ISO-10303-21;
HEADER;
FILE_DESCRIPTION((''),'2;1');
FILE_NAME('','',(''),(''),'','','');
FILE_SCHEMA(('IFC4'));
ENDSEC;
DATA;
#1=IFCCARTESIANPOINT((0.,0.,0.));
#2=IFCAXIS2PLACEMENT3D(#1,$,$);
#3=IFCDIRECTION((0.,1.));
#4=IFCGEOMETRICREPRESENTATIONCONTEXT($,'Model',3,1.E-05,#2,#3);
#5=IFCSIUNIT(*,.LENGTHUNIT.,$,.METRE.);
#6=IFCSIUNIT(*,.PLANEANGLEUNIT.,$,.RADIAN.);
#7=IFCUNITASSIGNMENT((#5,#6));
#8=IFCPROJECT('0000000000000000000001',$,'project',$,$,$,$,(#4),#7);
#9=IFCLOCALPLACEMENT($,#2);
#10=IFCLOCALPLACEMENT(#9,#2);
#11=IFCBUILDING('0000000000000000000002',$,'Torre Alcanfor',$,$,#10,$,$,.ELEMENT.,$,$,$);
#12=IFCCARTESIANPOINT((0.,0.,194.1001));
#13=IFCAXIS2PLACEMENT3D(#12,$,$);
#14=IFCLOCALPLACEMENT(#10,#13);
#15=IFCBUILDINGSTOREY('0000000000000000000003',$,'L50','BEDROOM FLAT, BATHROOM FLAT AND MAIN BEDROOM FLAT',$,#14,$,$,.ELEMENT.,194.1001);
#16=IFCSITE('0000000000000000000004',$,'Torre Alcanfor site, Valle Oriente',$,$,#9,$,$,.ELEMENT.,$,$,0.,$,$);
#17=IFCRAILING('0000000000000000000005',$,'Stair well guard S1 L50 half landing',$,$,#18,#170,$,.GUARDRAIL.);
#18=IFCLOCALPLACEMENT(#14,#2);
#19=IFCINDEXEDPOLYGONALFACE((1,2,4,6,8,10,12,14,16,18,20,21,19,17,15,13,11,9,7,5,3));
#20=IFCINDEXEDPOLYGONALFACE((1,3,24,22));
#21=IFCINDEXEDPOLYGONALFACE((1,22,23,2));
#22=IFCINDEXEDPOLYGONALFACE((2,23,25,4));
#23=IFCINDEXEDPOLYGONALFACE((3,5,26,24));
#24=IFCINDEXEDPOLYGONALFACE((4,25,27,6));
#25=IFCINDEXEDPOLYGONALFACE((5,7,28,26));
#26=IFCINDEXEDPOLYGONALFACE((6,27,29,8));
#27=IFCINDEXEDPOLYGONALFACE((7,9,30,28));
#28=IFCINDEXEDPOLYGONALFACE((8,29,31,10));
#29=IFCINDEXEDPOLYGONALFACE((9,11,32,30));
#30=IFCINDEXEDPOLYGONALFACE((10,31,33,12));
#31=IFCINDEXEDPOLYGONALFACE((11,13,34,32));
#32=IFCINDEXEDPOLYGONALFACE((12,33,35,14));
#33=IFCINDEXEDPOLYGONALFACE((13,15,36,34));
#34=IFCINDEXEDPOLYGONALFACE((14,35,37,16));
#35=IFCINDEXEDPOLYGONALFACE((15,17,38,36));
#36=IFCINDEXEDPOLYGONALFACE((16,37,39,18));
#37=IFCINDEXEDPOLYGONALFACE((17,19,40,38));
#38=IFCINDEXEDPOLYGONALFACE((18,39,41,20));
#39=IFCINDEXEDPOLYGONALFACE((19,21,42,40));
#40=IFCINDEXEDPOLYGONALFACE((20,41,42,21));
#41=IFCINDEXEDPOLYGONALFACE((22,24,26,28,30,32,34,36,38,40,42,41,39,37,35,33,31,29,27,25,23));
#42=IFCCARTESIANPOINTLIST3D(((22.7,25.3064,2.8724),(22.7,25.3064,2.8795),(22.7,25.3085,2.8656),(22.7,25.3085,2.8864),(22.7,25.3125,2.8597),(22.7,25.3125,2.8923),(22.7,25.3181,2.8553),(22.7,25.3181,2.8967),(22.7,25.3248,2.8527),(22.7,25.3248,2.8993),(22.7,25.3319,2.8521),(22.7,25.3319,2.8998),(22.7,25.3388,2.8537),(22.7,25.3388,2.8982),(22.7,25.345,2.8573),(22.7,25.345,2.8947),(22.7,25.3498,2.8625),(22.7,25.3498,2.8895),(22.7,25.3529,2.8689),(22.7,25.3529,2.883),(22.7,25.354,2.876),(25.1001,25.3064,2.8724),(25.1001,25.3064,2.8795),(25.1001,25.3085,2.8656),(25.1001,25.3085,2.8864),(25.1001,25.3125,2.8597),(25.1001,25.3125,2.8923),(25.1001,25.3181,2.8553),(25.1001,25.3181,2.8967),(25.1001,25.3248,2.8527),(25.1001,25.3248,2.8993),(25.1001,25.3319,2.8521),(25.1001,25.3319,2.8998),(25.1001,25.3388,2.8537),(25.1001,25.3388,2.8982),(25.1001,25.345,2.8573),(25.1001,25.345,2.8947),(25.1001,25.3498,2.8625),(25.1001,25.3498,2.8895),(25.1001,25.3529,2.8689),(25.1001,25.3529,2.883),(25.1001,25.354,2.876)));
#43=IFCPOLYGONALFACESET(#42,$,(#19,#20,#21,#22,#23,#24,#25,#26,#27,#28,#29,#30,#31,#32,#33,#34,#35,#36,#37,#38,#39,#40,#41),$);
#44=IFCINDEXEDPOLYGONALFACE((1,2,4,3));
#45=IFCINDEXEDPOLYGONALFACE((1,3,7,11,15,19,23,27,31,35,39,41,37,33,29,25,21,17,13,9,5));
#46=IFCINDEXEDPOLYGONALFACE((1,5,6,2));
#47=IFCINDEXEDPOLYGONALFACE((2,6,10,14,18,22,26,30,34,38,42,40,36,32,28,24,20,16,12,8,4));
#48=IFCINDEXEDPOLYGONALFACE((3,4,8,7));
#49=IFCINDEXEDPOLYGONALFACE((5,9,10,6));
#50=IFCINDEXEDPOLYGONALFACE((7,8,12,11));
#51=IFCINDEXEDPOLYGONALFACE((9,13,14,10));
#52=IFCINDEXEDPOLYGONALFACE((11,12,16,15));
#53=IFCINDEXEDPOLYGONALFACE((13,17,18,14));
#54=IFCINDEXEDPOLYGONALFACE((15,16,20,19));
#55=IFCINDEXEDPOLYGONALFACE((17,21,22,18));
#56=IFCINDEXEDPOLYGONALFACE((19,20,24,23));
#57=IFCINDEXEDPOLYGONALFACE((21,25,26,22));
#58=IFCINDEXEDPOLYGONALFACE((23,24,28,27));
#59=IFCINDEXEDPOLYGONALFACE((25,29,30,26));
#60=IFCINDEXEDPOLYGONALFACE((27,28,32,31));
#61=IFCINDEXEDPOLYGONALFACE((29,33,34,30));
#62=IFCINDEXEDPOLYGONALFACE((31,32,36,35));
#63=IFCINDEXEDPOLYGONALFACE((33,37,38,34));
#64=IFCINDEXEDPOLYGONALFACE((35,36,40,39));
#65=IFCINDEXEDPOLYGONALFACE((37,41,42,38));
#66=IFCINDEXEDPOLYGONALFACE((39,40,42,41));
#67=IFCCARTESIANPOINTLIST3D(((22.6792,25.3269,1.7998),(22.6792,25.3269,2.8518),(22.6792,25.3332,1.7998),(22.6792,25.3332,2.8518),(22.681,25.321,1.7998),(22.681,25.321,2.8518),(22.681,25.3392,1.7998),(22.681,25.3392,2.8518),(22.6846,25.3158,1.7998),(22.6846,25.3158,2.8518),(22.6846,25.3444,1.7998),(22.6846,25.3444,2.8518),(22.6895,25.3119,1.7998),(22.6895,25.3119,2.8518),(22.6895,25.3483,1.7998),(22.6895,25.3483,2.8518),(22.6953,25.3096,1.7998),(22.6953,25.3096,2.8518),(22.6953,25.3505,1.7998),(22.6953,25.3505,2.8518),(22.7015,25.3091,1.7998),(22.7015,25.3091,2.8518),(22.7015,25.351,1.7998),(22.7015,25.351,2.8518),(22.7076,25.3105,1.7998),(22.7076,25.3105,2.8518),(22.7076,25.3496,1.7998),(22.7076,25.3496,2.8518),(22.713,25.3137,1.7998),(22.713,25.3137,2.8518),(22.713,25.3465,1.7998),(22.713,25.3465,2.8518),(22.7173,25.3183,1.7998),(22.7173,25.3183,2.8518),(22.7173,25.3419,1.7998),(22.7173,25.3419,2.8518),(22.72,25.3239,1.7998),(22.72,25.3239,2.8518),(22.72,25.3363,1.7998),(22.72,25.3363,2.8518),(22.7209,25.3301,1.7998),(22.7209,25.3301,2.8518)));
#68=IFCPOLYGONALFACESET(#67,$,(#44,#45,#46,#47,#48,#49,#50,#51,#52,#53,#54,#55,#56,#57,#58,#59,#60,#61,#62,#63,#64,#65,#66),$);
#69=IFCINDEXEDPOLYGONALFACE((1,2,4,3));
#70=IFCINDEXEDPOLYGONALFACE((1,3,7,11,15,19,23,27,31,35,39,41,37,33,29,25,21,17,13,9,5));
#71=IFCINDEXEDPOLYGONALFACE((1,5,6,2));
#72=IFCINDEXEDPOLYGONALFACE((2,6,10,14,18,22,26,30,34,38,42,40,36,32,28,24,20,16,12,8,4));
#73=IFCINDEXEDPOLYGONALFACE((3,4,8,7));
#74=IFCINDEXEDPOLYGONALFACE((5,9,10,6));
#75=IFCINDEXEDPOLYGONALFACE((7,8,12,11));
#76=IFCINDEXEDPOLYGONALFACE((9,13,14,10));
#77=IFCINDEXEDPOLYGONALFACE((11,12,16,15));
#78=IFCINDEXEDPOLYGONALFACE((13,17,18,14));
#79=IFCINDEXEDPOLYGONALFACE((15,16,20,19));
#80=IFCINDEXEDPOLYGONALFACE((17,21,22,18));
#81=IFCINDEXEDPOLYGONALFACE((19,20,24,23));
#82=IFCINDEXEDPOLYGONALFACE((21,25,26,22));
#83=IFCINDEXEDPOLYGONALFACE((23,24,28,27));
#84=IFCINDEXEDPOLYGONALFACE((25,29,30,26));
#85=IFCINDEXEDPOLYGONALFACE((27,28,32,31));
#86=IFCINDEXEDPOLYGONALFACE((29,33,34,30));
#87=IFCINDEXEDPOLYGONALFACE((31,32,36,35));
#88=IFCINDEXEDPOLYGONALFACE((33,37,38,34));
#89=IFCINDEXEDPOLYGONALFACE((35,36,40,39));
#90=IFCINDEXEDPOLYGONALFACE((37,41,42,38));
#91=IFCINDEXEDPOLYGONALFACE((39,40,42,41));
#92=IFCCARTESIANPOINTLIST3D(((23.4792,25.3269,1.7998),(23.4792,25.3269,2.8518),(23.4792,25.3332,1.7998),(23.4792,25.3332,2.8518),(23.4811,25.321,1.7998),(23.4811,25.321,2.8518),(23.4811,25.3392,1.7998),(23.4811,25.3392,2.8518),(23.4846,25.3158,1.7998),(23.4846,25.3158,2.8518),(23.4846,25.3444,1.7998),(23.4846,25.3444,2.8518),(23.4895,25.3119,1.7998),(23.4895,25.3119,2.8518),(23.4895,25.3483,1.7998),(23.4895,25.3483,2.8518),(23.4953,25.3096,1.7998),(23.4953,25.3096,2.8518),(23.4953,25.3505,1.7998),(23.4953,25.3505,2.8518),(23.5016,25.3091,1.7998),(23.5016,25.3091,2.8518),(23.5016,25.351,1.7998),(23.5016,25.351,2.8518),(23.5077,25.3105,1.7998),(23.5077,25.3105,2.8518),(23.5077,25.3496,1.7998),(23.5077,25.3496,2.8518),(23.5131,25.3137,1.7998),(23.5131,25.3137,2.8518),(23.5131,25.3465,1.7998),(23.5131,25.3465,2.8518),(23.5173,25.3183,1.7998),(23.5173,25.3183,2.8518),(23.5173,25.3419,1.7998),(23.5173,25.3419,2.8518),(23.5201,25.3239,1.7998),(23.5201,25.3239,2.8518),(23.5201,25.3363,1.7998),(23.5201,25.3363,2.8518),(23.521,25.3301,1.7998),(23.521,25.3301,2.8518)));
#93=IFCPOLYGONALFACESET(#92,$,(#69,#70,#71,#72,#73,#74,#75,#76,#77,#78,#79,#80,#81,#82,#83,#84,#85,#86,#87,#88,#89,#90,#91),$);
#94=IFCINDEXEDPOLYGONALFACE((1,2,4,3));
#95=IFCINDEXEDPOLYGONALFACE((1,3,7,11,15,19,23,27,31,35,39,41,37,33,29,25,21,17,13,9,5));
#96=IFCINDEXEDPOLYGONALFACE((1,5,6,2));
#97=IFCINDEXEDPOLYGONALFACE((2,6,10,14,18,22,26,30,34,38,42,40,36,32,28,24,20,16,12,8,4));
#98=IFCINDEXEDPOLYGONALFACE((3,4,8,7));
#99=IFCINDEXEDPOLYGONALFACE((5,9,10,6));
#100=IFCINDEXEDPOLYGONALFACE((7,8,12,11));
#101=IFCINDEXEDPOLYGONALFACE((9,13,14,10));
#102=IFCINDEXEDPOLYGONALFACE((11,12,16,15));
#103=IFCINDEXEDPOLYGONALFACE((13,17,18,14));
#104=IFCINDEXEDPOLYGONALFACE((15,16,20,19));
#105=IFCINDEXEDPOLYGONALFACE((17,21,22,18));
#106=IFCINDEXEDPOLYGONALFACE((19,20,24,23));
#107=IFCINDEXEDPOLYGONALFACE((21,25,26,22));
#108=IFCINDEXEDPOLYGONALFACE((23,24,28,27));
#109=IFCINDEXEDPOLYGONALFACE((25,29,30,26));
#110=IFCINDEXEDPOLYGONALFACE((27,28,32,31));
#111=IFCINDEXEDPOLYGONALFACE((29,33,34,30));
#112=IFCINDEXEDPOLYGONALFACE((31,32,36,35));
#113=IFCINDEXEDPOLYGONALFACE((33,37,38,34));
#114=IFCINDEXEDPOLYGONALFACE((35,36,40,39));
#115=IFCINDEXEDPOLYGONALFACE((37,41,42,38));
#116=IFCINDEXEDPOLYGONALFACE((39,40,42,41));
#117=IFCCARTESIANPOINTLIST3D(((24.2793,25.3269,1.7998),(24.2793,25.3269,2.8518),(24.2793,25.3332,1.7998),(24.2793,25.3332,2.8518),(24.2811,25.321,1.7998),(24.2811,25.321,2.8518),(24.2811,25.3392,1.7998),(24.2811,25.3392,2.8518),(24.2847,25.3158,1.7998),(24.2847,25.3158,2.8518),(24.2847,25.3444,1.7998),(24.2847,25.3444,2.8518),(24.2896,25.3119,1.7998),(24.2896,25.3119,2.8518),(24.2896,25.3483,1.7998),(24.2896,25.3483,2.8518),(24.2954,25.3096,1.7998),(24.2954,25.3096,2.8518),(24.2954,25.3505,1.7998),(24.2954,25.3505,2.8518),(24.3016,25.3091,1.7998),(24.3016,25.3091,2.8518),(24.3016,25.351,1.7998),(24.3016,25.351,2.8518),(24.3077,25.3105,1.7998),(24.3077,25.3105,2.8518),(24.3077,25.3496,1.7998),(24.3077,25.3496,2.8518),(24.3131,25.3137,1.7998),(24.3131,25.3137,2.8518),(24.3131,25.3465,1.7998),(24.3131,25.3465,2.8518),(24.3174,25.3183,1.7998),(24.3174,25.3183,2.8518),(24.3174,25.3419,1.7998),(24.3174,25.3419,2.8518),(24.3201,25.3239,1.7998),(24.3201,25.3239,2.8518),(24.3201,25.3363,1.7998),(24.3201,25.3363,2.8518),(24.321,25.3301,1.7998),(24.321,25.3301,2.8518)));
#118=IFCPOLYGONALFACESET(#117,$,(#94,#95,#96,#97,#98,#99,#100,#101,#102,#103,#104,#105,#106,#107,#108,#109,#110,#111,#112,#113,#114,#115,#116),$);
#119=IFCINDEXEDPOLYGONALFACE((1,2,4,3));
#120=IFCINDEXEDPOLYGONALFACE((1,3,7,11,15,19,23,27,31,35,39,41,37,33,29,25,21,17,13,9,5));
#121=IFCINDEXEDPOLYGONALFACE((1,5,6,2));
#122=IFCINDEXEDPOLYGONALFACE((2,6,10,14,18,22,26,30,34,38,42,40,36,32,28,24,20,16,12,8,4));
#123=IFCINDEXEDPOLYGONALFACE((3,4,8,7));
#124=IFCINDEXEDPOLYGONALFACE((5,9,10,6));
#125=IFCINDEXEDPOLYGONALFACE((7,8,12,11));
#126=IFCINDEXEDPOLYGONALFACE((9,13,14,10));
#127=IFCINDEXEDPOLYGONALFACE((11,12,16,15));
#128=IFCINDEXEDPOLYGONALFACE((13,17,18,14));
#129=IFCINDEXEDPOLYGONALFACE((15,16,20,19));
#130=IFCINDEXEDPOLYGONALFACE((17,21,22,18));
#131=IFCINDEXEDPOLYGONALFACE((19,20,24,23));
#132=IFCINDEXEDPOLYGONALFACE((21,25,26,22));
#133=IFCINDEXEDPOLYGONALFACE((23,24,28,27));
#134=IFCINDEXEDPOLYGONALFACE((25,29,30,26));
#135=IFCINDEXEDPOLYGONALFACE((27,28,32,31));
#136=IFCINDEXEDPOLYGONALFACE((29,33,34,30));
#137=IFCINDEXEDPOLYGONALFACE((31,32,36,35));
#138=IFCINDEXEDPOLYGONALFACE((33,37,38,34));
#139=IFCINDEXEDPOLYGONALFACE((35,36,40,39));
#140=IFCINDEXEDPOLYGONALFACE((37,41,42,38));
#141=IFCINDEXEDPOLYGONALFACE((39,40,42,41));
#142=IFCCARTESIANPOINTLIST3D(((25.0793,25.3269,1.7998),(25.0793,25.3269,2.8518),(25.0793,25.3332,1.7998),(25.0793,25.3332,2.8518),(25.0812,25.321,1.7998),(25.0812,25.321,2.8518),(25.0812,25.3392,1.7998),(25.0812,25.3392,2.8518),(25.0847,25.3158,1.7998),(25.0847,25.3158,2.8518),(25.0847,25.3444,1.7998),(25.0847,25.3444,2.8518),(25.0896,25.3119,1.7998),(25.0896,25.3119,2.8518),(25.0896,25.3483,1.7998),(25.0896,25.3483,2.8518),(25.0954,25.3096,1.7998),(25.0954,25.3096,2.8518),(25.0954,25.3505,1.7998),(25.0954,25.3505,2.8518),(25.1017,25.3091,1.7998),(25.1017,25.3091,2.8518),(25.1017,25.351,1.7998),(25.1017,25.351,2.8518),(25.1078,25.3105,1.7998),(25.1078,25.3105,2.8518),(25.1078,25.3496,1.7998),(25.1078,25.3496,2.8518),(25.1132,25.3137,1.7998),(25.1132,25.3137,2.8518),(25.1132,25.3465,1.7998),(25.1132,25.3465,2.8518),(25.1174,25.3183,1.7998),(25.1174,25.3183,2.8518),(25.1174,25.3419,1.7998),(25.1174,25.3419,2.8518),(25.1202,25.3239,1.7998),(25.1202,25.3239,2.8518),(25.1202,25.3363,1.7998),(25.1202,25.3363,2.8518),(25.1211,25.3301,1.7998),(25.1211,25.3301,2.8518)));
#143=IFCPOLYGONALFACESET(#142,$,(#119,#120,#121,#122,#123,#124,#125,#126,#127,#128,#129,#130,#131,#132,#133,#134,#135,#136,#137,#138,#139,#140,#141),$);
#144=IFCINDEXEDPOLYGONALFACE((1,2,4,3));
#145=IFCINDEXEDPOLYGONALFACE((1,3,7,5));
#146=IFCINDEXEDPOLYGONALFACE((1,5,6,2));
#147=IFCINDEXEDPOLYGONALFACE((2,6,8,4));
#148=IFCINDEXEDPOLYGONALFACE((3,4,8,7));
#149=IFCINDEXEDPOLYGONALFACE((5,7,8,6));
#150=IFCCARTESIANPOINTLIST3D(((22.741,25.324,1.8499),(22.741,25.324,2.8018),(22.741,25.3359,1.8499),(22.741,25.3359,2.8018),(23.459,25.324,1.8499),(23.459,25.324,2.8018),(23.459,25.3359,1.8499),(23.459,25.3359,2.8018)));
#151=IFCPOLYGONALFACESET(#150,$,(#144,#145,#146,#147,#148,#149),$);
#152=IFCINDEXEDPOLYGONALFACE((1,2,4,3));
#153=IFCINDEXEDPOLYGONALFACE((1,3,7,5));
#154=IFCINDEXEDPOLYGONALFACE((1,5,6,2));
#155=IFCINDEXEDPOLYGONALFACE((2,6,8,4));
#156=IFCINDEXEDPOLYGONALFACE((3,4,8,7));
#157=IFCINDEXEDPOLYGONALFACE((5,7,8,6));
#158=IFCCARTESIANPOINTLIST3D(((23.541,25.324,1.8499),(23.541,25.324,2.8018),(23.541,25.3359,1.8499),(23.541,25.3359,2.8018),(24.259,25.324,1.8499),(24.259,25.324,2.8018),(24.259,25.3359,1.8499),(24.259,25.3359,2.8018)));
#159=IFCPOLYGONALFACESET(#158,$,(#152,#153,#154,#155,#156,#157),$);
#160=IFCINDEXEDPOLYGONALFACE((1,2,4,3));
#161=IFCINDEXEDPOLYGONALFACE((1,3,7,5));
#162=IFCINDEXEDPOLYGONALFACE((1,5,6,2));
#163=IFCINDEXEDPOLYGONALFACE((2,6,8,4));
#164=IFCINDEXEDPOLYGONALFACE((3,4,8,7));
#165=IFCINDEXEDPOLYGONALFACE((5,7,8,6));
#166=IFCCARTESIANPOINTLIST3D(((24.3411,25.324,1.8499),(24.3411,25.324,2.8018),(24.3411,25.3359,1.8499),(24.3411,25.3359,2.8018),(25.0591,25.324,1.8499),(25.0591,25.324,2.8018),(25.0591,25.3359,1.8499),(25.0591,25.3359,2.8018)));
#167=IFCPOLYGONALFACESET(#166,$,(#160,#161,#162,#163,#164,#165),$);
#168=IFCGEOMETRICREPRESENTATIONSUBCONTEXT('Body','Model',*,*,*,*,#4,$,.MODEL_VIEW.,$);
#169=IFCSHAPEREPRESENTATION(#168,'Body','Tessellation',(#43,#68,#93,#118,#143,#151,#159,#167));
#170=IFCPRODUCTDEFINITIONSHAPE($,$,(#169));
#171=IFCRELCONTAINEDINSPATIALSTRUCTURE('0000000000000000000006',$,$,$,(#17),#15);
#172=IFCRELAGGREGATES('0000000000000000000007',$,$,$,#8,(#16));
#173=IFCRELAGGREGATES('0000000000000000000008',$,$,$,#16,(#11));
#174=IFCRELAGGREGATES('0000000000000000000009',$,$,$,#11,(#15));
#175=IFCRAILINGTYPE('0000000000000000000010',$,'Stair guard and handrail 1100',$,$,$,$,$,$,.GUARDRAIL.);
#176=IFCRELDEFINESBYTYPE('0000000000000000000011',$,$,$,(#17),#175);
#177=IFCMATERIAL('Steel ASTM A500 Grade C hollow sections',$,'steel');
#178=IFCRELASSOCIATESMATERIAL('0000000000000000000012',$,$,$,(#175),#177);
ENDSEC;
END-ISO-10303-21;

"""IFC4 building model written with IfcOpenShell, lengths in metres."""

from ifc_helpers import new_model, si_unit, direction, frame, origin, origin_2d, place, context, subcontext, project, spatial, polyline, circle, outline, extrude, material, type_object, element, save


model = new_model("IFC4")

# Units and contexts
model_context = context("Model", 3, precision=1e-05, world=origin(), true_north=direction((0.0, 1.0)))
body_context = subcontext(model_context, "Body", "Model", "MODEL_VIEW")
ifc_project = project(units=[si_unit("LENGTHUNIT", "METRE"), si_unit("PLANEANGLEUNIT", "RADIAN")], contexts=[model_context])

# Site, building, storey
site_placement = place(None, origin())
site = spatial("IfcSite", under=ifc_project, at=site_placement, Name="Torre Alcanfor site, Valle Oriente", CompositionType="ELEMENT", RefElevation=0.0)
building_placement = place(site_placement, origin())
building = spatial("IfcBuilding", under=site, at=building_placement, Name="Torre Alcanfor", CompositionType="ELEMENT")
storey_placement = place(building_placement, frame((0.0, 0.0, 194.1001)))
storey = spatial("IfcBuildingStorey", under=building, at=storey_placement, Name="L50", Description="BEDROOM FLAT, BATHROOM FLAT AND MAIN BEDROOM FLAT", CompositionType="ELEMENT", Elevation=194.1001)

# Railing
ifc_material_1 = material(Name="Steel ASTM A500 Grade C hollow sections", Category="steel")
railing_type = type_object("IfcRailingType", Name="Stair guard and handrail 1100", PredefinedType="GUARDRAIL", material=ifc_material_1)
for number, where, name in (
    (1, (22.7, 25.3301, 1.7998), "Stair well guard S1 L50 half landing"),
):
    element("IfcRailing", number, at=place(storey_placement, frame(where)), inside=storey, type_object=railing_type, Name=name, PredefinedType="GUARDRAIL", context=body_context, shape_type="SweptSolid", body=[
        extrude(circle(Radius=0.0239, at=origin_2d()), frame((0.0, 0.0, 1.0762), z_axis=(1.0, 0.0, 0.0), x_axis=(0.0, 1.0, 0.0)), (0.0, 0.0, 1.0), 2.4001),
        extrude(circle(Radius=0.021, at=origin_2d()), origin(), (0.0, 0.0, 1.0), 1.052),
        extrude(circle(Radius=0.021, at=origin_2d()), frame((0.8, 0.0, 0.0)), (0.0, 0.0, 1.0), 1.052),
        extrude(circle(Radius=0.021, at=origin_2d()), frame((1.6001, 0.0, 0.0)), (0.0, 0.0, 1.0), 1.052),
        extrude(circle(Radius=0.021, at=origin_2d()), frame((2.4001, 0.0, 0.0)), (0.0, 0.0, 1.0), 1.052),
        extrude(outline(polyline([(0.041, 0.05), (0.759, 0.05), (0.759, 1.002), (0.041, 1.002), (0.041, 0.05)])), frame((0.0, 0.0059, 0.0), z_axis=(0.0, -1.0, 0.0), x_axis=(1.0, 0.0, 0.0)), (0.0, 0.0, 1.0), 0.012),
        extrude(outline(polyline([(0.8411, 0.05), (1.5591, 0.05), (1.5591, 1.002), (0.8411, 1.002), (0.8411, 0.05)])), frame((0.0, 0.0059, 0.0), z_axis=(0.0, -1.0, 0.0), x_axis=(1.0, 0.0, 0.0)), (0.0, 0.0, 1.0), 0.012),
        extrude(outline(polyline([(1.6411, 0.05), (2.3591, 0.05), (2.3591, 1.002), (1.6411, 1.002), (1.6411, 0.05)])), frame((0.0, 0.0059, 0.0), z_axis=(0.0, -1.0, 0.0), x_axis=(1.0, 0.0, 0.0)), (0.0, 0.0, 1.0), 0.012),
    ])

save(model, "model.ifc")
